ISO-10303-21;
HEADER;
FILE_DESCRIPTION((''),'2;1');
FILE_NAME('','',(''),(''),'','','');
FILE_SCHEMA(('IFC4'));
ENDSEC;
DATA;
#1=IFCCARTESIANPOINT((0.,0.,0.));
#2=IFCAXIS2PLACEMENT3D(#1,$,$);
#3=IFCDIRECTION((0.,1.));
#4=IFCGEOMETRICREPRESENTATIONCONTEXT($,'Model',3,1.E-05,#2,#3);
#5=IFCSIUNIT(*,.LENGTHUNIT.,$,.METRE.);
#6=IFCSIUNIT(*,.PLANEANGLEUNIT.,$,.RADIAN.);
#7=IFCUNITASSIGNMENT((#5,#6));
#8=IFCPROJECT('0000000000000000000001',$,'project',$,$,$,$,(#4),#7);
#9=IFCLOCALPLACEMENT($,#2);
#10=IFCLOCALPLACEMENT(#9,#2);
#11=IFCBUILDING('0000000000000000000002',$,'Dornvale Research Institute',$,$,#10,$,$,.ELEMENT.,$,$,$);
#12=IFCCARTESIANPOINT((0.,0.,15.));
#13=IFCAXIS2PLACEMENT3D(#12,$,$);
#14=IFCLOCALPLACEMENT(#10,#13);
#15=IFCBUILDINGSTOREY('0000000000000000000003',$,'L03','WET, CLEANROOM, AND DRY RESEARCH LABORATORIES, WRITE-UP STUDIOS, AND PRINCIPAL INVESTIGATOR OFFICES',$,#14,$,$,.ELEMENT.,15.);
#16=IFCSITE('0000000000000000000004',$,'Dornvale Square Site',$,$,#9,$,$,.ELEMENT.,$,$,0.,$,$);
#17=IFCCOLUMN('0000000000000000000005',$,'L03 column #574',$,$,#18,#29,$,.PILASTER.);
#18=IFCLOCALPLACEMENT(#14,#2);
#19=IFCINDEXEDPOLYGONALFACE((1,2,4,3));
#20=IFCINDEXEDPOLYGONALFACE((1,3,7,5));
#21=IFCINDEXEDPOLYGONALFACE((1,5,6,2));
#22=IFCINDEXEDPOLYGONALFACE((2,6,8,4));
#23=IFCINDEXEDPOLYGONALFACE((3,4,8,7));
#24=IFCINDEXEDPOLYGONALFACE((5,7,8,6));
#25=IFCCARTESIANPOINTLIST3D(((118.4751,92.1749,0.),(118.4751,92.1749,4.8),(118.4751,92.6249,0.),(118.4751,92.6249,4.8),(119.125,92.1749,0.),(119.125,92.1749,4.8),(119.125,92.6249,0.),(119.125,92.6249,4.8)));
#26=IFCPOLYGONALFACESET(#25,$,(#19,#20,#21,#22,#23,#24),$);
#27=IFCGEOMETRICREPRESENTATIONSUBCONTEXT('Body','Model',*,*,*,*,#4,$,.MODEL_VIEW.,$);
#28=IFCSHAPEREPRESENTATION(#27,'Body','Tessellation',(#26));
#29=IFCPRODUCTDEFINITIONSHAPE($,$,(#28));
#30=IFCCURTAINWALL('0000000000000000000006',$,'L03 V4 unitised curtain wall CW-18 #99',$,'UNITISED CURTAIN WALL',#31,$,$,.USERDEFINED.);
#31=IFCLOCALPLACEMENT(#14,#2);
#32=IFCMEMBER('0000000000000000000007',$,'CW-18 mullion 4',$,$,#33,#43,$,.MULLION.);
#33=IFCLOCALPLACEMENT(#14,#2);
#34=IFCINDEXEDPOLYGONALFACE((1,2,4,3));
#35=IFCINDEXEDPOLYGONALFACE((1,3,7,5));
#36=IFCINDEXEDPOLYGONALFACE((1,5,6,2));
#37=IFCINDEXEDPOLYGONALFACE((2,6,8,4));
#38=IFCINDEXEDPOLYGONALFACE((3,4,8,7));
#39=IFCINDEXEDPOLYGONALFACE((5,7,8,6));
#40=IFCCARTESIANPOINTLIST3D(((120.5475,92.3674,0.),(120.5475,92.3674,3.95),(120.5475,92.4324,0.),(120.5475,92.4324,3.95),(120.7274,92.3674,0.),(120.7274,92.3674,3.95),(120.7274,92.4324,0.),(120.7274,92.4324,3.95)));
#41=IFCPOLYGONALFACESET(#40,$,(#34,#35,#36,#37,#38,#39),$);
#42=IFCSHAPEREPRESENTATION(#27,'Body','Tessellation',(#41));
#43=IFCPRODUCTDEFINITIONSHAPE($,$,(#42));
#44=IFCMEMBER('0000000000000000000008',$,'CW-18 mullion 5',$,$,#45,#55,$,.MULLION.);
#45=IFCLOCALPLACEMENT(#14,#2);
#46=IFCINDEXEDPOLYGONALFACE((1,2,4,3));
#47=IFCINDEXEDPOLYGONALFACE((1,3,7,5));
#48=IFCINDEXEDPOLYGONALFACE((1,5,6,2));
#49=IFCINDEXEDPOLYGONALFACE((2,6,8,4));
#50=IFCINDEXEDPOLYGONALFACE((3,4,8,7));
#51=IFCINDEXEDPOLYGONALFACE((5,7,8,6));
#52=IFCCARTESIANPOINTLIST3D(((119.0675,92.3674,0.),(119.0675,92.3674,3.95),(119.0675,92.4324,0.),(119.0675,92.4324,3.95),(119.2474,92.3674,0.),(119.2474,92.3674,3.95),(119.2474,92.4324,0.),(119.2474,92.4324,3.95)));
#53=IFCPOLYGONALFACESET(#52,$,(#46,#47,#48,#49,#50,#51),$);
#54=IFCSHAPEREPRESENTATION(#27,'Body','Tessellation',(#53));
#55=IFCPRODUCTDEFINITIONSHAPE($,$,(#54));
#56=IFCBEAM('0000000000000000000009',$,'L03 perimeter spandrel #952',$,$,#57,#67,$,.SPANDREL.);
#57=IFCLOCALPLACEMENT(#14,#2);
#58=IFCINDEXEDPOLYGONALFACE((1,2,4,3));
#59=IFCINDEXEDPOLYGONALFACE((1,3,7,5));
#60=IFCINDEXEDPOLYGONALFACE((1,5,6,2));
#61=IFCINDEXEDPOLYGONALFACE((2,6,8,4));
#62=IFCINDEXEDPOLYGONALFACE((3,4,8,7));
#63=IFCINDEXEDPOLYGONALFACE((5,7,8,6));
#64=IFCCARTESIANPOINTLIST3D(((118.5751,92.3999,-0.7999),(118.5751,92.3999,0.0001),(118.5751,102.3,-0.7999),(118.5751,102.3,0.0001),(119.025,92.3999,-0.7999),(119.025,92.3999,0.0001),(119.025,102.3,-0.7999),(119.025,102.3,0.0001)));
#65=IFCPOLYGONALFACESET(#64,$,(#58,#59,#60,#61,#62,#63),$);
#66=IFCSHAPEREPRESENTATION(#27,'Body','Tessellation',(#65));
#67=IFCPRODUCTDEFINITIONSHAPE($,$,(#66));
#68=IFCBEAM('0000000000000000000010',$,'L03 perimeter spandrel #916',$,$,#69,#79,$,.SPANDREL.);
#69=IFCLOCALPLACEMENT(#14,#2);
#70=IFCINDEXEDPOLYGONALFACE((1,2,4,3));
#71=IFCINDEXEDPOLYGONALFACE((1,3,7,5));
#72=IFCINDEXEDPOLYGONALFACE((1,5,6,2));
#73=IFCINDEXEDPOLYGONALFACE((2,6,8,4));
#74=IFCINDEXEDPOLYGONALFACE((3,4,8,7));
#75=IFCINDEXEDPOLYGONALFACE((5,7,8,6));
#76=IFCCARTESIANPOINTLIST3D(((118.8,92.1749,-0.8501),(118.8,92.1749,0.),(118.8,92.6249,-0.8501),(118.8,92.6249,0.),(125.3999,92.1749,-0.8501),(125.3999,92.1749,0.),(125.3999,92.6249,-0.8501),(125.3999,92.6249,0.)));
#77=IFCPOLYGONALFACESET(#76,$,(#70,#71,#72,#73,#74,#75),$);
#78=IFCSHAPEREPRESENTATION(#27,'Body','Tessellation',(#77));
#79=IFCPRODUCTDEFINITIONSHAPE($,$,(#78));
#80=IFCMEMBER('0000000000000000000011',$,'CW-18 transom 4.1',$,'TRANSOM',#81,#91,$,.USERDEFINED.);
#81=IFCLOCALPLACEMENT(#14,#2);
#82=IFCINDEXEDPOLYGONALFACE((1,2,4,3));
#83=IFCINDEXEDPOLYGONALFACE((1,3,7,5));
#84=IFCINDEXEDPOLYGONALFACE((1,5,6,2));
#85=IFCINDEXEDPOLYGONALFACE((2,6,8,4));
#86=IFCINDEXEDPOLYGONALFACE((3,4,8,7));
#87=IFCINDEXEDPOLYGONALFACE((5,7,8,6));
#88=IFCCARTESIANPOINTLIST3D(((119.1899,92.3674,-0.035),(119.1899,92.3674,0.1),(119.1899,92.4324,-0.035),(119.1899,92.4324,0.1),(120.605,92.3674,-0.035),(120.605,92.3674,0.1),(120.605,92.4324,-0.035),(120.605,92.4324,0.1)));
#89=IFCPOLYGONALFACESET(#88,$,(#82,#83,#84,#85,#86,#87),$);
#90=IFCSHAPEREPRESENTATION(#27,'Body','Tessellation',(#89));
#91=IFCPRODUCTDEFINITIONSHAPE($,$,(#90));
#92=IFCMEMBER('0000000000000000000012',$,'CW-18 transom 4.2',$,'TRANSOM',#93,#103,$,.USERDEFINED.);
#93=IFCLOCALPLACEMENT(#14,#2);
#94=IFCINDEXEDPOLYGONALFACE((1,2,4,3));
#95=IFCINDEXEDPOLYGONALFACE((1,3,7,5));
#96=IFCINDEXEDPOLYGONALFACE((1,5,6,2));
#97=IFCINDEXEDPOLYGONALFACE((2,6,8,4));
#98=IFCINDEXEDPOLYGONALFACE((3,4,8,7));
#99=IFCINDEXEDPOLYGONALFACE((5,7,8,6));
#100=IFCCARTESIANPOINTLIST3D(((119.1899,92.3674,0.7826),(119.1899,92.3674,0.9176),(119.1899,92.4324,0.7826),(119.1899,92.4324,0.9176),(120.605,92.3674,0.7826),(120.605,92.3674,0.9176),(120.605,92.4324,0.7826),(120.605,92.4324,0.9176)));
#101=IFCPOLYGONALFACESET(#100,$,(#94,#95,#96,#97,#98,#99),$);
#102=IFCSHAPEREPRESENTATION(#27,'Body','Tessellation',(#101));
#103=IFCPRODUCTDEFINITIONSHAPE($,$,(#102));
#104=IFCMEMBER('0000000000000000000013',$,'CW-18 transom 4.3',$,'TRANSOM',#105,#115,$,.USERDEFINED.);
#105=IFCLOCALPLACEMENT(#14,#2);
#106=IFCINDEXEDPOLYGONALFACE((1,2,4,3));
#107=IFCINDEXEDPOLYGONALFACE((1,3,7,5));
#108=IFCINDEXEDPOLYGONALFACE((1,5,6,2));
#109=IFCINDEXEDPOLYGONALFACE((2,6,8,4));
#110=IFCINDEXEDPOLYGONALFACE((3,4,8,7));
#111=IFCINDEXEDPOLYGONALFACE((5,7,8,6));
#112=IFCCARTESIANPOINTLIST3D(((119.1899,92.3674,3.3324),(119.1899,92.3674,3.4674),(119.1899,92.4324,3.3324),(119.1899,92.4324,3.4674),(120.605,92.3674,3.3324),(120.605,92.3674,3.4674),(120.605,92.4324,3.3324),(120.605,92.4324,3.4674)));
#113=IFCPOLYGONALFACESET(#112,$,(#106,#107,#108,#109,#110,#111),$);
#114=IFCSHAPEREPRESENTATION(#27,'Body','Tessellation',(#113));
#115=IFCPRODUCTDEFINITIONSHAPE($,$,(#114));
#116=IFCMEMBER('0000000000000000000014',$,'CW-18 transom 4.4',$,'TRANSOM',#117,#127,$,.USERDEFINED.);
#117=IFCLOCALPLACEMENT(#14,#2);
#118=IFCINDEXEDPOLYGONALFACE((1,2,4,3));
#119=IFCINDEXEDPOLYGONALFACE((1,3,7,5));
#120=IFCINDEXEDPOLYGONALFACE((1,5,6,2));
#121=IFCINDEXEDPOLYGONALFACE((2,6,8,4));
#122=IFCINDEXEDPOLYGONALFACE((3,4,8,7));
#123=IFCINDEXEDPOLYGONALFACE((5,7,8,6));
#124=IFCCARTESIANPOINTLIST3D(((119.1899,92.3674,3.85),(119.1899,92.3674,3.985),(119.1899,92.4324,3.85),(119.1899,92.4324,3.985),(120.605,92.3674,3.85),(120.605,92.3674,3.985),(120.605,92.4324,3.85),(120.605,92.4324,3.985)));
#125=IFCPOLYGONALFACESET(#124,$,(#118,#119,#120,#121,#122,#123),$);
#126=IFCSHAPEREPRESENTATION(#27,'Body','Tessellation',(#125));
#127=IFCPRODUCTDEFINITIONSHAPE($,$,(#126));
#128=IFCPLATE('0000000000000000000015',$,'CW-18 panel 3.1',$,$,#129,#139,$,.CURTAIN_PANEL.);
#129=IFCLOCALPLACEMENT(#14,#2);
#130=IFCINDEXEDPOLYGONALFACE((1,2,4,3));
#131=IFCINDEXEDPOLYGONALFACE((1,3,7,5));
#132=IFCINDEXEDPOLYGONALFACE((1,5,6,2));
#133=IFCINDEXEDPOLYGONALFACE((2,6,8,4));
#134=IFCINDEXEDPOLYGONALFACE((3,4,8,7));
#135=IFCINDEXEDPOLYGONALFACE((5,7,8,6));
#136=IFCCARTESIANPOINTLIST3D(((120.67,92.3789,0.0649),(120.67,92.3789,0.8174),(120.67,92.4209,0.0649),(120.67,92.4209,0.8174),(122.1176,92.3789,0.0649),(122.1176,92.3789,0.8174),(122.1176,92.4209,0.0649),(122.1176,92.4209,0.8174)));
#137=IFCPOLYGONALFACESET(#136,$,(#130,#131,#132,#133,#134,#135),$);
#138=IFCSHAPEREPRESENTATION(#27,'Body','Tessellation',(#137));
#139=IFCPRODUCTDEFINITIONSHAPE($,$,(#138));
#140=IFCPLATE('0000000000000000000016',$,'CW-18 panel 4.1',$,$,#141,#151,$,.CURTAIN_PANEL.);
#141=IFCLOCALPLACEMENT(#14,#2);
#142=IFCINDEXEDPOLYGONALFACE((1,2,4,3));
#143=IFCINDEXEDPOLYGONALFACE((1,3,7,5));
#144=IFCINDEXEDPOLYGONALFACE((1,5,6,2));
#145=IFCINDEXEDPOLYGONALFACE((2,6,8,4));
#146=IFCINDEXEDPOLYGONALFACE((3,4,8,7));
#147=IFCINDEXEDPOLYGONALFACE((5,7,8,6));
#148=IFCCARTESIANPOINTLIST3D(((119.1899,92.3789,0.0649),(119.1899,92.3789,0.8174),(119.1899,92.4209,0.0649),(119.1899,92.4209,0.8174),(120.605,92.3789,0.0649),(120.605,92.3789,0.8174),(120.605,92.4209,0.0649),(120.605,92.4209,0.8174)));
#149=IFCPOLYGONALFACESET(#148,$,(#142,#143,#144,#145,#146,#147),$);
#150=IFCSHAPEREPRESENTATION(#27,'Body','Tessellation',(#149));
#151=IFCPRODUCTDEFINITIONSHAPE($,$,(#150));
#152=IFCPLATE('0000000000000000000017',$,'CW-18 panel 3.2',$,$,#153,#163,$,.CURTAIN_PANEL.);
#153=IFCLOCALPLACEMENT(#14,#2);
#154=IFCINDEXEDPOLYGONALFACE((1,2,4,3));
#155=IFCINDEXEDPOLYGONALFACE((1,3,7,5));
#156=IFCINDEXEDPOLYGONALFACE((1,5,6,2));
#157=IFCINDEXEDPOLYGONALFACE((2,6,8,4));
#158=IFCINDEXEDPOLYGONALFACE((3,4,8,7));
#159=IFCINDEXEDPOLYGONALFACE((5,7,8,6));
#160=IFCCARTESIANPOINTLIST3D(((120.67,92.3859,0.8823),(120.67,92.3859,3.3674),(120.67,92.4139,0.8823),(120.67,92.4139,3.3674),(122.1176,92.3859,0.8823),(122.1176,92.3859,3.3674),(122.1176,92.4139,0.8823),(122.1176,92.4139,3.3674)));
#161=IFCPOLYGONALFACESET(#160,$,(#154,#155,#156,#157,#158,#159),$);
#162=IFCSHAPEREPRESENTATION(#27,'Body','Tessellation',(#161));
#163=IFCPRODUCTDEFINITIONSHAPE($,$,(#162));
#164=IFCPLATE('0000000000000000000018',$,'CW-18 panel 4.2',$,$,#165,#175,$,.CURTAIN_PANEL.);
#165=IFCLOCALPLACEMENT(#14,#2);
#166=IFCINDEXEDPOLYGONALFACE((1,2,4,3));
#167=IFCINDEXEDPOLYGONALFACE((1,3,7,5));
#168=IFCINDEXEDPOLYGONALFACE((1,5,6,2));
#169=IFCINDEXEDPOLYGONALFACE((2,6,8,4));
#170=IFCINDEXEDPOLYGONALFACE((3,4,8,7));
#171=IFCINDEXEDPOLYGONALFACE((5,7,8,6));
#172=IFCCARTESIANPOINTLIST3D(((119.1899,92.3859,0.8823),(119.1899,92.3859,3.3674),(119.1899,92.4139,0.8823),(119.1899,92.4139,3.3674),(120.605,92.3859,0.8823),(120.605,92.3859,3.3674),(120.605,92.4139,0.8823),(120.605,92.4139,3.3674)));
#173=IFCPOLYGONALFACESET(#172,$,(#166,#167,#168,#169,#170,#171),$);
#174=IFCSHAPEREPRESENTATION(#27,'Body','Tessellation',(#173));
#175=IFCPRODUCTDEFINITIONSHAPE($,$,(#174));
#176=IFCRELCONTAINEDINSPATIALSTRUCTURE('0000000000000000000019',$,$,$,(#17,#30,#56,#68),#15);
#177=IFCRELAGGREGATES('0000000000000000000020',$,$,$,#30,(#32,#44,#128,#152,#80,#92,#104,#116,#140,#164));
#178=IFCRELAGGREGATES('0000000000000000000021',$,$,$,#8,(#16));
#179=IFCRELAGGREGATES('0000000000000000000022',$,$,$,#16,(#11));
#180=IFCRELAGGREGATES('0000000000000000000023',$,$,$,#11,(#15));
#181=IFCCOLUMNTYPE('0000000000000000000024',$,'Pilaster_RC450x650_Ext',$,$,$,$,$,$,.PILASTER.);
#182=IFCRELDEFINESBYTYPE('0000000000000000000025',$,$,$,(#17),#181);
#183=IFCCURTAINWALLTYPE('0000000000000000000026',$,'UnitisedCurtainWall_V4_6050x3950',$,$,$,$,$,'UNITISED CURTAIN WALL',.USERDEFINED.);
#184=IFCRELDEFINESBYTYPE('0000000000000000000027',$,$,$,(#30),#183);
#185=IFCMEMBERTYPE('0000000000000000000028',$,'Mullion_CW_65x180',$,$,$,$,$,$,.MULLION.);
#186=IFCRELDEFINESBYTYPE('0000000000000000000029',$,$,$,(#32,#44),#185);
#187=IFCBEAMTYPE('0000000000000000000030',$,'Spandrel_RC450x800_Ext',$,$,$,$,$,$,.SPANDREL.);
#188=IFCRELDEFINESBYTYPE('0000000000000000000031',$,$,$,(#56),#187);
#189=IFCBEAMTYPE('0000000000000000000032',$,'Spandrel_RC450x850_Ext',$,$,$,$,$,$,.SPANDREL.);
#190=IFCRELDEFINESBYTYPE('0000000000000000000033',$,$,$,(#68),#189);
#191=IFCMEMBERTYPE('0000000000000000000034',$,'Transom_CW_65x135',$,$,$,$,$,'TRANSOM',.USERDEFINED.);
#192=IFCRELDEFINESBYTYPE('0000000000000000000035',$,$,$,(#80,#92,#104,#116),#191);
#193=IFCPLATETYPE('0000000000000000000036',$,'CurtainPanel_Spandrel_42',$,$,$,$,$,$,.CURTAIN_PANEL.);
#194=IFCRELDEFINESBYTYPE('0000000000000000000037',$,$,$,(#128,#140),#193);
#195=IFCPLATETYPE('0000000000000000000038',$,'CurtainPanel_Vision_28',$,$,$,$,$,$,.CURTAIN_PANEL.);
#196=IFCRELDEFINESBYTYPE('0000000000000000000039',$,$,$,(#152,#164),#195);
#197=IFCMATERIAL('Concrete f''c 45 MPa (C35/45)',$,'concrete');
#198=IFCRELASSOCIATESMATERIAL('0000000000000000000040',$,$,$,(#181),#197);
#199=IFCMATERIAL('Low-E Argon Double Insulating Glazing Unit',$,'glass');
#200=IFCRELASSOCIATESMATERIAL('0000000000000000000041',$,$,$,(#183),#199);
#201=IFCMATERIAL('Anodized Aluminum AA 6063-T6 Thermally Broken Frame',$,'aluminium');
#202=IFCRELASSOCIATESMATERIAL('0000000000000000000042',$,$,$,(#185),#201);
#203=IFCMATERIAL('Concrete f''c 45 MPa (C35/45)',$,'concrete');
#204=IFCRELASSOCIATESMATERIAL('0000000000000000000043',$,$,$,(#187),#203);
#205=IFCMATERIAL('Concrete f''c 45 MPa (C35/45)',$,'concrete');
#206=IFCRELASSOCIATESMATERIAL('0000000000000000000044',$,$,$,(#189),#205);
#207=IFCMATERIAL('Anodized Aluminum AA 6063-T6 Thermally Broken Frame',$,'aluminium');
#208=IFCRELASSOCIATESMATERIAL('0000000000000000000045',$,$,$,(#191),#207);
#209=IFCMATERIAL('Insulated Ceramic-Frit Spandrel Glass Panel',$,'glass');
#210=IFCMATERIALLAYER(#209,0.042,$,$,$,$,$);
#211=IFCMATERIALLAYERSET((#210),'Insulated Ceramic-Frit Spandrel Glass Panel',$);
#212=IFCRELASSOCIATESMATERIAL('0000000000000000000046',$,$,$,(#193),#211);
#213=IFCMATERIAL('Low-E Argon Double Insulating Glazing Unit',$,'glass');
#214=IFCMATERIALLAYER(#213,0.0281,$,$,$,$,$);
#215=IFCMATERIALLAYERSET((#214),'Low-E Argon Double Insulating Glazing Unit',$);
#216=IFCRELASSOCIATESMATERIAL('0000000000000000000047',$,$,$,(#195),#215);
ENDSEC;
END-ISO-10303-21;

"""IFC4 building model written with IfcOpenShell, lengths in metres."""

from ifc_helpers import new_model, si_unit, direction, frame, origin, origin_2d, place, context, subcontext, project, spatial, rectangle, extrude, material, layer, layer_set, material_profile, profile_set, type_object, element, aggregate, save


model = new_model("IFC4")

# Units and contexts
model_context = context("Model", 3, precision=1e-05, world=origin(), true_north=direction((0.0, 1.0)))
body_context = subcontext(model_context, "Body", "Model", "MODEL_VIEW")
ifc_project = project(units=[si_unit("LENGTHUNIT", "METRE"), si_unit("PLANEANGLEUNIT", "RADIAN")], contexts=[model_context])

# Site, building, storey
site_placement = place(None, origin())
site = spatial("IfcSite", under=ifc_project, at=site_placement, Name="Dornvale Square Site", CompositionType="ELEMENT", RefElevation=0.0)
building_placement = place(site_placement, origin())
building = spatial("IfcBuilding", under=site, at=building_placement, Name="Dornvale Research Institute", CompositionType="ELEMENT")
storey_placement = place(building_placement, frame((0.0, 0.0, 15.0)))
storey = spatial("IfcBuildingStorey", under=building, at=storey_placement, Name="L03", Description="WET, CLEANROOM, AND DRY RESEARCH LABORATORIES, WRITE-UP STUDIOS, AND PRINCIPAL INVESTIGATOR OFFICES", CompositionType="ELEMENT", Elevation=15.0)

# Column
ifc_material_1 = material(Name="Concrete f'c 45 MPa (C35/45)", Category="concrete")
ifc_material_profile_1 = material_profile(ifc_material_1, rectangle(XDim=0.45, YDim=0.6499, at=origin_2d()), Name="RC 450x650")
ifc_profile_set_1 = profile_set([ifc_material_profile_1], Name="Concrete f'c 45 MPa (C35/45)")
column_type = type_object("IfcColumnType", Name="Pilaster_RC450x650_Ext", PredefinedType="PILASTER", material=ifc_profile_set_1)
column_placement = place(storey_placement, frame((118.8, 92.3999, 0.0), z_axis=(0.0, 0.0, 1.0), x_axis=(0.0, 1.0, 0.0)))
element("IfcColumn", 1, at=column_placement, inside=storey, type_object=column_type, Name="L03 column #574", PredefinedType="PILASTER", context=body_context, shape_type="SweptSolid", body=[
    extrude(rectangle(XDim=0.45, YDim=0.6499, at=origin_2d()), origin(), (0.0, 0.0, 1.0), 4.8),
])

# Curtain wall, members
ifc_material_2 = material(Name="Low-E Argon Double Insulating Glazing Unit", Category="glass")
curtain_wall_type = type_object("IfcCurtainWallType", Name="UnitisedCurtainWall_V4_6050x3950", ElementType="UNITISED CURTAIN WALL", PredefinedType="USERDEFINED", material=ifc_material_2)
curtain_wall_placement = place(storey_placement, origin())
curtain_wall = element("IfcCurtainWall", 2, at=curtain_wall_placement, inside=storey, type_object=curtain_wall_type, Name="L03 V4 unitised curtain wall CW-18 #99", ObjectType="UNITISED CURTAIN WALL", PredefinedType="USERDEFINED")
ifc_material_3 = material(Name="Anodized Aluminum AA 6063-T6 Thermally Broken Frame", Category="aluminium")
ifc_material_profile_2 = material_profile(ifc_material_3, rectangle(XDim=0.0649, YDim=0.1799, at=origin_2d()), Name="ALU MULLION 65x180")
ifc_profile_set_2 = profile_set([ifc_material_profile_2], Name="Anodized Aluminum AA 6063-T6 Thermally Broken Frame")
member_type_1 = type_object("IfcMemberType", Name="Mullion_CW_65x180", PredefinedType="MULLION", material=ifc_profile_set_2)
member_1_placement = place(storey_placement, frame((120.6375, 92.3999, 0.0), z_axis=(0.0, 0.0, 1.0), x_axis=(0.0, -1.0, 0.0)))
member_1 = element("IfcMember", 3, at=member_1_placement, type_object=member_type_1, Name="CW-18 mullion 4", PredefinedType="MULLION", context=body_context, shape_type="SweptSolid", body=[
    extrude(rectangle(XDim=0.0649, YDim=0.1799, at=origin_2d()), origin(), (0.0, 0.0, 1.0), 3.95),
])
member_2_placement = place(storey_placement, frame((119.1575, 92.3999, 0.0), z_axis=(0.0, 0.0, 1.0), x_axis=(0.0, -1.0, 0.0)))
member_2 = element("IfcMember", 4, at=member_2_placement, type_object=member_type_1, Name="CW-18 mullion 5", PredefinedType="MULLION", context=body_context, shape_type="SweptSolid", body=[
    extrude(rectangle(XDim=0.0649, YDim=0.1799, at=origin_2d()), origin(), (0.0, 0.0, 1.0), 3.95),
])

# Beams
ifc_material_4 = material(Name="Concrete f'c 45 MPa (C35/45)", Category="concrete")
ifc_material_profile_3 = material_profile(ifc_material_4, rectangle(XDim=0.45, YDim=0.8, at=origin_2d()), Name="RC 450x800")
ifc_profile_set_3 = profile_set([ifc_material_profile_3], Name="Concrete f'c 45 MPa (C35/45)")
beam_type_1 = type_object("IfcBeamType", Name="Spandrel_RC450x800_Ext", PredefinedType="SPANDREL", material=ifc_profile_set_3)
beam_1_placement = place(storey_placement, frame((118.8, 92.3999, -0.3999), z_axis=(0.0, 1.0, 0.0), x_axis=(-1.0, 0.0, 0.0)))
element("IfcBeam", 5, at=beam_1_placement, inside=storey, type_object=beam_type_1, Name="L03 perimeter spandrel #952", PredefinedType="SPANDREL", context=body_context, shape_type="SweptSolid", body=[
    extrude(rectangle(XDim=0.45, YDim=0.8, at=origin_2d()), origin(), (0.0, 0.0, 1.0), 9.9001),
])
ifc_material_5 = material(Name="Concrete f'c 45 MPa (C35/45)", Category="concrete")
ifc_material_profile_4 = material_profile(ifc_material_5, rectangle(XDim=0.45, YDim=0.8501, at=origin_2d()), Name="RC 450x850")
ifc_profile_set_4 = profile_set([ifc_material_profile_4], Name="Concrete f'c 45 MPa (C35/45)")
beam_type_2 = type_object("IfcBeamType", Name="Spandrel_RC450x850_Ext", PredefinedType="SPANDREL", material=ifc_profile_set_4)
beam_2_placement = place(storey_placement, frame((118.8, 92.3999, -0.425), z_axis=(1.0, 0.0, 0.0), x_axis=(0.0, 1.0, 0.0)))
element("IfcBeam", 6, at=beam_2_placement, inside=storey, type_object=beam_type_2, Name="L03 perimeter spandrel #916", PredefinedType="SPANDREL", context=body_context, shape_type="SweptSolid", body=[
    extrude(rectangle(XDim=0.45, YDim=0.8501, at=origin_2d()), origin(), (0.0, 0.0, 1.0), 6.5999),
])

# Members
ifc_material_6 = material(Name="Anodized Aluminum AA 6063-T6 Thermally Broken Frame", Category="aluminium")
ifc_material_profile_5 = material_profile(ifc_material_6, rectangle(XDim=0.0649, YDim=0.135, at=origin_2d()), Name="ALU TRANSOM 65x135")
ifc_profile_set_5 = profile_set([ifc_material_profile_5], Name="Anodized Aluminum AA 6063-T6 Thermally Broken Frame")
member_type_2 = type_object("IfcMemberType", Name="Transom_CW_65x135", ElementType="TRANSOM", PredefinedType="USERDEFINED", material=ifc_profile_set_5)
member_3_placement = place(storey_placement, frame((120.605, 92.3999, 0.0325), z_axis=(-1.0, 0.0, 0.0), x_axis=(0.0, -1.0, 0.0)))
member_3 = element("IfcMember", 7, at=member_3_placement, type_object=member_type_2, Name="CW-18 transom 4.1", ObjectType="TRANSOM", PredefinedType="USERDEFINED", context=body_context, shape_type="SweptSolid", body=[
    extrude(rectangle(XDim=0.0649, YDim=0.135, at=origin_2d()), origin(), (0.0, 0.0, 1.0), 1.415),
])
member_4_placement = place(storey_placement, frame((120.605, 92.3999, 0.8501), z_axis=(-1.0, 0.0, 0.0), x_axis=(0.0, -1.0, 0.0)))
member_4 = element("IfcMember", 8, at=member_4_placement, type_object=member_type_2, Name="CW-18 transom 4.2", ObjectType="TRANSOM", PredefinedType="USERDEFINED", context=body_context, shape_type="SweptSolid", body=[
    extrude(rectangle(XDim=0.0649, YDim=0.135, at=origin_2d()), origin(), (0.0, 0.0, 1.0), 1.415),
])
member_5_placement = place(storey_placement, frame((120.605, 92.3999, 3.3999), z_axis=(-1.0, 0.0, 0.0), x_axis=(0.0, -1.0, 0.0)))
member_5 = element("IfcMember", 9, at=member_5_placement, type_object=member_type_2, Name="CW-18 transom 4.3", ObjectType="TRANSOM", PredefinedType="USERDEFINED", context=body_context, shape_type="SweptSolid", body=[
    extrude(rectangle(XDim=0.0649, YDim=0.135, at=origin_2d()), origin(), (0.0, 0.0, 1.0), 1.415),
])
member_6_placement = place(storey_placement, frame((120.605, 92.3999, 3.9175), z_axis=(-1.0, 0.0, 0.0), x_axis=(0.0, -1.0, 0.0)))
member_6 = element("IfcMember", 10, at=member_6_placement, type_object=member_type_2, Name="CW-18 transom 4.4", ObjectType="TRANSOM", PredefinedType="USERDEFINED", context=body_context, shape_type="SweptSolid", body=[
    extrude(rectangle(XDim=0.0649, YDim=0.135, at=origin_2d()), origin(), (0.0, 0.0, 1.0), 1.415),
])

# Plates
ifc_material_7 = material(Name="Insulated Ceramic-Frit Spandrel Glass Panel", Category="glass")
ifc_layer_1 = layer(ifc_material_7, 0.042)
ifc_layer_set_1 = layer_set([ifc_layer_1], Name="Insulated Ceramic-Frit Spandrel Glass Panel")
plate_type_1 = type_object("IfcPlateType", Name="CurtainPanel_Spandrel_42", PredefinedType="CURTAIN_PANEL", material=ifc_layer_set_1)
plate_1_placement = place(storey_placement, frame((121.3938, 92.3999, 0.0649), z_axis=(0.0, 0.0, 1.0), x_axis=(-1.0, 0.0, 0.0)))
plate_1 = element("IfcPlate", 11, at=plate_1_placement, type_object=plate_type_1, Name="CW-18 panel 3.1", PredefinedType="CURTAIN_PANEL", context=body_context, shape_type="SweptSolid", body=[
    extrude(rectangle(XDim=1.4475, YDim=0.042, at=origin_2d()), origin(), (0.0, 0.0, 1.0), 0.7524),
])
plate_2_placement = place(storey_placement, frame((119.8975, 92.3999, 0.0649), z_axis=(0.0, 0.0, 1.0), x_axis=(-1.0, 0.0, 0.0)))
plate_2 = element("IfcPlate", 12, at=plate_2_placement, type_object=plate_type_1, Name="CW-18 panel 4.1", PredefinedType="CURTAIN_PANEL", context=body_context, shape_type="SweptSolid", body=[
    extrude(rectangle(XDim=1.415, YDim=0.042, at=origin_2d()), origin(), (0.0, 0.0, 1.0), 0.7524),
])
ifc_material_8 = material(Name="Low-E Argon Double Insulating Glazing Unit", Category="glass")
ifc_layer_2 = layer(ifc_material_8, 0.0281)
ifc_layer_set_2 = layer_set([ifc_layer_2], Name="Low-E Argon Double Insulating Glazing Unit")
plate_type_2 = type_object("IfcPlateType", Name="CurtainPanel_Vision_28", PredefinedType="CURTAIN_PANEL", material=ifc_layer_set_2)
plate_3_placement = place(storey_placement, frame((121.3938, 92.3999, 0.8823), z_axis=(0.0, 0.0, 1.0), x_axis=(-1.0, 0.0, 0.0)))
plate_3 = element("IfcPlate", 13, at=plate_3_placement, type_object=plate_type_2, Name="CW-18 panel 3.2", PredefinedType="CURTAIN_PANEL", context=body_context, shape_type="SweptSolid", body=[
    extrude(rectangle(XDim=1.4475, YDim=0.0281, at=origin_2d()), origin(), (0.0, 0.0, 1.0), 2.4851),
])
plate_4_placement = place(storey_placement, frame((119.8975, 92.3999, 0.8823), z_axis=(0.0, 0.0, 1.0), x_axis=(-1.0, 0.0, 0.0)))
plate_4 = element("IfcPlate", 14, at=plate_4_placement, type_object=plate_type_2, Name="CW-18 panel 4.2", PredefinedType="CURTAIN_PANEL", context=body_context, shape_type="SweptSolid", body=[
    extrude(rectangle(XDim=1.415, YDim=0.0281, at=origin_2d()), origin(), (0.0, 0.0, 1.0), 2.4851),
])
aggregate(curtain_wall, [member_1, member_2, plate_1, plate_3, member_3, member_4, member_5, member_6, plate_2, plate_4])

save(model, "model.ifc")
